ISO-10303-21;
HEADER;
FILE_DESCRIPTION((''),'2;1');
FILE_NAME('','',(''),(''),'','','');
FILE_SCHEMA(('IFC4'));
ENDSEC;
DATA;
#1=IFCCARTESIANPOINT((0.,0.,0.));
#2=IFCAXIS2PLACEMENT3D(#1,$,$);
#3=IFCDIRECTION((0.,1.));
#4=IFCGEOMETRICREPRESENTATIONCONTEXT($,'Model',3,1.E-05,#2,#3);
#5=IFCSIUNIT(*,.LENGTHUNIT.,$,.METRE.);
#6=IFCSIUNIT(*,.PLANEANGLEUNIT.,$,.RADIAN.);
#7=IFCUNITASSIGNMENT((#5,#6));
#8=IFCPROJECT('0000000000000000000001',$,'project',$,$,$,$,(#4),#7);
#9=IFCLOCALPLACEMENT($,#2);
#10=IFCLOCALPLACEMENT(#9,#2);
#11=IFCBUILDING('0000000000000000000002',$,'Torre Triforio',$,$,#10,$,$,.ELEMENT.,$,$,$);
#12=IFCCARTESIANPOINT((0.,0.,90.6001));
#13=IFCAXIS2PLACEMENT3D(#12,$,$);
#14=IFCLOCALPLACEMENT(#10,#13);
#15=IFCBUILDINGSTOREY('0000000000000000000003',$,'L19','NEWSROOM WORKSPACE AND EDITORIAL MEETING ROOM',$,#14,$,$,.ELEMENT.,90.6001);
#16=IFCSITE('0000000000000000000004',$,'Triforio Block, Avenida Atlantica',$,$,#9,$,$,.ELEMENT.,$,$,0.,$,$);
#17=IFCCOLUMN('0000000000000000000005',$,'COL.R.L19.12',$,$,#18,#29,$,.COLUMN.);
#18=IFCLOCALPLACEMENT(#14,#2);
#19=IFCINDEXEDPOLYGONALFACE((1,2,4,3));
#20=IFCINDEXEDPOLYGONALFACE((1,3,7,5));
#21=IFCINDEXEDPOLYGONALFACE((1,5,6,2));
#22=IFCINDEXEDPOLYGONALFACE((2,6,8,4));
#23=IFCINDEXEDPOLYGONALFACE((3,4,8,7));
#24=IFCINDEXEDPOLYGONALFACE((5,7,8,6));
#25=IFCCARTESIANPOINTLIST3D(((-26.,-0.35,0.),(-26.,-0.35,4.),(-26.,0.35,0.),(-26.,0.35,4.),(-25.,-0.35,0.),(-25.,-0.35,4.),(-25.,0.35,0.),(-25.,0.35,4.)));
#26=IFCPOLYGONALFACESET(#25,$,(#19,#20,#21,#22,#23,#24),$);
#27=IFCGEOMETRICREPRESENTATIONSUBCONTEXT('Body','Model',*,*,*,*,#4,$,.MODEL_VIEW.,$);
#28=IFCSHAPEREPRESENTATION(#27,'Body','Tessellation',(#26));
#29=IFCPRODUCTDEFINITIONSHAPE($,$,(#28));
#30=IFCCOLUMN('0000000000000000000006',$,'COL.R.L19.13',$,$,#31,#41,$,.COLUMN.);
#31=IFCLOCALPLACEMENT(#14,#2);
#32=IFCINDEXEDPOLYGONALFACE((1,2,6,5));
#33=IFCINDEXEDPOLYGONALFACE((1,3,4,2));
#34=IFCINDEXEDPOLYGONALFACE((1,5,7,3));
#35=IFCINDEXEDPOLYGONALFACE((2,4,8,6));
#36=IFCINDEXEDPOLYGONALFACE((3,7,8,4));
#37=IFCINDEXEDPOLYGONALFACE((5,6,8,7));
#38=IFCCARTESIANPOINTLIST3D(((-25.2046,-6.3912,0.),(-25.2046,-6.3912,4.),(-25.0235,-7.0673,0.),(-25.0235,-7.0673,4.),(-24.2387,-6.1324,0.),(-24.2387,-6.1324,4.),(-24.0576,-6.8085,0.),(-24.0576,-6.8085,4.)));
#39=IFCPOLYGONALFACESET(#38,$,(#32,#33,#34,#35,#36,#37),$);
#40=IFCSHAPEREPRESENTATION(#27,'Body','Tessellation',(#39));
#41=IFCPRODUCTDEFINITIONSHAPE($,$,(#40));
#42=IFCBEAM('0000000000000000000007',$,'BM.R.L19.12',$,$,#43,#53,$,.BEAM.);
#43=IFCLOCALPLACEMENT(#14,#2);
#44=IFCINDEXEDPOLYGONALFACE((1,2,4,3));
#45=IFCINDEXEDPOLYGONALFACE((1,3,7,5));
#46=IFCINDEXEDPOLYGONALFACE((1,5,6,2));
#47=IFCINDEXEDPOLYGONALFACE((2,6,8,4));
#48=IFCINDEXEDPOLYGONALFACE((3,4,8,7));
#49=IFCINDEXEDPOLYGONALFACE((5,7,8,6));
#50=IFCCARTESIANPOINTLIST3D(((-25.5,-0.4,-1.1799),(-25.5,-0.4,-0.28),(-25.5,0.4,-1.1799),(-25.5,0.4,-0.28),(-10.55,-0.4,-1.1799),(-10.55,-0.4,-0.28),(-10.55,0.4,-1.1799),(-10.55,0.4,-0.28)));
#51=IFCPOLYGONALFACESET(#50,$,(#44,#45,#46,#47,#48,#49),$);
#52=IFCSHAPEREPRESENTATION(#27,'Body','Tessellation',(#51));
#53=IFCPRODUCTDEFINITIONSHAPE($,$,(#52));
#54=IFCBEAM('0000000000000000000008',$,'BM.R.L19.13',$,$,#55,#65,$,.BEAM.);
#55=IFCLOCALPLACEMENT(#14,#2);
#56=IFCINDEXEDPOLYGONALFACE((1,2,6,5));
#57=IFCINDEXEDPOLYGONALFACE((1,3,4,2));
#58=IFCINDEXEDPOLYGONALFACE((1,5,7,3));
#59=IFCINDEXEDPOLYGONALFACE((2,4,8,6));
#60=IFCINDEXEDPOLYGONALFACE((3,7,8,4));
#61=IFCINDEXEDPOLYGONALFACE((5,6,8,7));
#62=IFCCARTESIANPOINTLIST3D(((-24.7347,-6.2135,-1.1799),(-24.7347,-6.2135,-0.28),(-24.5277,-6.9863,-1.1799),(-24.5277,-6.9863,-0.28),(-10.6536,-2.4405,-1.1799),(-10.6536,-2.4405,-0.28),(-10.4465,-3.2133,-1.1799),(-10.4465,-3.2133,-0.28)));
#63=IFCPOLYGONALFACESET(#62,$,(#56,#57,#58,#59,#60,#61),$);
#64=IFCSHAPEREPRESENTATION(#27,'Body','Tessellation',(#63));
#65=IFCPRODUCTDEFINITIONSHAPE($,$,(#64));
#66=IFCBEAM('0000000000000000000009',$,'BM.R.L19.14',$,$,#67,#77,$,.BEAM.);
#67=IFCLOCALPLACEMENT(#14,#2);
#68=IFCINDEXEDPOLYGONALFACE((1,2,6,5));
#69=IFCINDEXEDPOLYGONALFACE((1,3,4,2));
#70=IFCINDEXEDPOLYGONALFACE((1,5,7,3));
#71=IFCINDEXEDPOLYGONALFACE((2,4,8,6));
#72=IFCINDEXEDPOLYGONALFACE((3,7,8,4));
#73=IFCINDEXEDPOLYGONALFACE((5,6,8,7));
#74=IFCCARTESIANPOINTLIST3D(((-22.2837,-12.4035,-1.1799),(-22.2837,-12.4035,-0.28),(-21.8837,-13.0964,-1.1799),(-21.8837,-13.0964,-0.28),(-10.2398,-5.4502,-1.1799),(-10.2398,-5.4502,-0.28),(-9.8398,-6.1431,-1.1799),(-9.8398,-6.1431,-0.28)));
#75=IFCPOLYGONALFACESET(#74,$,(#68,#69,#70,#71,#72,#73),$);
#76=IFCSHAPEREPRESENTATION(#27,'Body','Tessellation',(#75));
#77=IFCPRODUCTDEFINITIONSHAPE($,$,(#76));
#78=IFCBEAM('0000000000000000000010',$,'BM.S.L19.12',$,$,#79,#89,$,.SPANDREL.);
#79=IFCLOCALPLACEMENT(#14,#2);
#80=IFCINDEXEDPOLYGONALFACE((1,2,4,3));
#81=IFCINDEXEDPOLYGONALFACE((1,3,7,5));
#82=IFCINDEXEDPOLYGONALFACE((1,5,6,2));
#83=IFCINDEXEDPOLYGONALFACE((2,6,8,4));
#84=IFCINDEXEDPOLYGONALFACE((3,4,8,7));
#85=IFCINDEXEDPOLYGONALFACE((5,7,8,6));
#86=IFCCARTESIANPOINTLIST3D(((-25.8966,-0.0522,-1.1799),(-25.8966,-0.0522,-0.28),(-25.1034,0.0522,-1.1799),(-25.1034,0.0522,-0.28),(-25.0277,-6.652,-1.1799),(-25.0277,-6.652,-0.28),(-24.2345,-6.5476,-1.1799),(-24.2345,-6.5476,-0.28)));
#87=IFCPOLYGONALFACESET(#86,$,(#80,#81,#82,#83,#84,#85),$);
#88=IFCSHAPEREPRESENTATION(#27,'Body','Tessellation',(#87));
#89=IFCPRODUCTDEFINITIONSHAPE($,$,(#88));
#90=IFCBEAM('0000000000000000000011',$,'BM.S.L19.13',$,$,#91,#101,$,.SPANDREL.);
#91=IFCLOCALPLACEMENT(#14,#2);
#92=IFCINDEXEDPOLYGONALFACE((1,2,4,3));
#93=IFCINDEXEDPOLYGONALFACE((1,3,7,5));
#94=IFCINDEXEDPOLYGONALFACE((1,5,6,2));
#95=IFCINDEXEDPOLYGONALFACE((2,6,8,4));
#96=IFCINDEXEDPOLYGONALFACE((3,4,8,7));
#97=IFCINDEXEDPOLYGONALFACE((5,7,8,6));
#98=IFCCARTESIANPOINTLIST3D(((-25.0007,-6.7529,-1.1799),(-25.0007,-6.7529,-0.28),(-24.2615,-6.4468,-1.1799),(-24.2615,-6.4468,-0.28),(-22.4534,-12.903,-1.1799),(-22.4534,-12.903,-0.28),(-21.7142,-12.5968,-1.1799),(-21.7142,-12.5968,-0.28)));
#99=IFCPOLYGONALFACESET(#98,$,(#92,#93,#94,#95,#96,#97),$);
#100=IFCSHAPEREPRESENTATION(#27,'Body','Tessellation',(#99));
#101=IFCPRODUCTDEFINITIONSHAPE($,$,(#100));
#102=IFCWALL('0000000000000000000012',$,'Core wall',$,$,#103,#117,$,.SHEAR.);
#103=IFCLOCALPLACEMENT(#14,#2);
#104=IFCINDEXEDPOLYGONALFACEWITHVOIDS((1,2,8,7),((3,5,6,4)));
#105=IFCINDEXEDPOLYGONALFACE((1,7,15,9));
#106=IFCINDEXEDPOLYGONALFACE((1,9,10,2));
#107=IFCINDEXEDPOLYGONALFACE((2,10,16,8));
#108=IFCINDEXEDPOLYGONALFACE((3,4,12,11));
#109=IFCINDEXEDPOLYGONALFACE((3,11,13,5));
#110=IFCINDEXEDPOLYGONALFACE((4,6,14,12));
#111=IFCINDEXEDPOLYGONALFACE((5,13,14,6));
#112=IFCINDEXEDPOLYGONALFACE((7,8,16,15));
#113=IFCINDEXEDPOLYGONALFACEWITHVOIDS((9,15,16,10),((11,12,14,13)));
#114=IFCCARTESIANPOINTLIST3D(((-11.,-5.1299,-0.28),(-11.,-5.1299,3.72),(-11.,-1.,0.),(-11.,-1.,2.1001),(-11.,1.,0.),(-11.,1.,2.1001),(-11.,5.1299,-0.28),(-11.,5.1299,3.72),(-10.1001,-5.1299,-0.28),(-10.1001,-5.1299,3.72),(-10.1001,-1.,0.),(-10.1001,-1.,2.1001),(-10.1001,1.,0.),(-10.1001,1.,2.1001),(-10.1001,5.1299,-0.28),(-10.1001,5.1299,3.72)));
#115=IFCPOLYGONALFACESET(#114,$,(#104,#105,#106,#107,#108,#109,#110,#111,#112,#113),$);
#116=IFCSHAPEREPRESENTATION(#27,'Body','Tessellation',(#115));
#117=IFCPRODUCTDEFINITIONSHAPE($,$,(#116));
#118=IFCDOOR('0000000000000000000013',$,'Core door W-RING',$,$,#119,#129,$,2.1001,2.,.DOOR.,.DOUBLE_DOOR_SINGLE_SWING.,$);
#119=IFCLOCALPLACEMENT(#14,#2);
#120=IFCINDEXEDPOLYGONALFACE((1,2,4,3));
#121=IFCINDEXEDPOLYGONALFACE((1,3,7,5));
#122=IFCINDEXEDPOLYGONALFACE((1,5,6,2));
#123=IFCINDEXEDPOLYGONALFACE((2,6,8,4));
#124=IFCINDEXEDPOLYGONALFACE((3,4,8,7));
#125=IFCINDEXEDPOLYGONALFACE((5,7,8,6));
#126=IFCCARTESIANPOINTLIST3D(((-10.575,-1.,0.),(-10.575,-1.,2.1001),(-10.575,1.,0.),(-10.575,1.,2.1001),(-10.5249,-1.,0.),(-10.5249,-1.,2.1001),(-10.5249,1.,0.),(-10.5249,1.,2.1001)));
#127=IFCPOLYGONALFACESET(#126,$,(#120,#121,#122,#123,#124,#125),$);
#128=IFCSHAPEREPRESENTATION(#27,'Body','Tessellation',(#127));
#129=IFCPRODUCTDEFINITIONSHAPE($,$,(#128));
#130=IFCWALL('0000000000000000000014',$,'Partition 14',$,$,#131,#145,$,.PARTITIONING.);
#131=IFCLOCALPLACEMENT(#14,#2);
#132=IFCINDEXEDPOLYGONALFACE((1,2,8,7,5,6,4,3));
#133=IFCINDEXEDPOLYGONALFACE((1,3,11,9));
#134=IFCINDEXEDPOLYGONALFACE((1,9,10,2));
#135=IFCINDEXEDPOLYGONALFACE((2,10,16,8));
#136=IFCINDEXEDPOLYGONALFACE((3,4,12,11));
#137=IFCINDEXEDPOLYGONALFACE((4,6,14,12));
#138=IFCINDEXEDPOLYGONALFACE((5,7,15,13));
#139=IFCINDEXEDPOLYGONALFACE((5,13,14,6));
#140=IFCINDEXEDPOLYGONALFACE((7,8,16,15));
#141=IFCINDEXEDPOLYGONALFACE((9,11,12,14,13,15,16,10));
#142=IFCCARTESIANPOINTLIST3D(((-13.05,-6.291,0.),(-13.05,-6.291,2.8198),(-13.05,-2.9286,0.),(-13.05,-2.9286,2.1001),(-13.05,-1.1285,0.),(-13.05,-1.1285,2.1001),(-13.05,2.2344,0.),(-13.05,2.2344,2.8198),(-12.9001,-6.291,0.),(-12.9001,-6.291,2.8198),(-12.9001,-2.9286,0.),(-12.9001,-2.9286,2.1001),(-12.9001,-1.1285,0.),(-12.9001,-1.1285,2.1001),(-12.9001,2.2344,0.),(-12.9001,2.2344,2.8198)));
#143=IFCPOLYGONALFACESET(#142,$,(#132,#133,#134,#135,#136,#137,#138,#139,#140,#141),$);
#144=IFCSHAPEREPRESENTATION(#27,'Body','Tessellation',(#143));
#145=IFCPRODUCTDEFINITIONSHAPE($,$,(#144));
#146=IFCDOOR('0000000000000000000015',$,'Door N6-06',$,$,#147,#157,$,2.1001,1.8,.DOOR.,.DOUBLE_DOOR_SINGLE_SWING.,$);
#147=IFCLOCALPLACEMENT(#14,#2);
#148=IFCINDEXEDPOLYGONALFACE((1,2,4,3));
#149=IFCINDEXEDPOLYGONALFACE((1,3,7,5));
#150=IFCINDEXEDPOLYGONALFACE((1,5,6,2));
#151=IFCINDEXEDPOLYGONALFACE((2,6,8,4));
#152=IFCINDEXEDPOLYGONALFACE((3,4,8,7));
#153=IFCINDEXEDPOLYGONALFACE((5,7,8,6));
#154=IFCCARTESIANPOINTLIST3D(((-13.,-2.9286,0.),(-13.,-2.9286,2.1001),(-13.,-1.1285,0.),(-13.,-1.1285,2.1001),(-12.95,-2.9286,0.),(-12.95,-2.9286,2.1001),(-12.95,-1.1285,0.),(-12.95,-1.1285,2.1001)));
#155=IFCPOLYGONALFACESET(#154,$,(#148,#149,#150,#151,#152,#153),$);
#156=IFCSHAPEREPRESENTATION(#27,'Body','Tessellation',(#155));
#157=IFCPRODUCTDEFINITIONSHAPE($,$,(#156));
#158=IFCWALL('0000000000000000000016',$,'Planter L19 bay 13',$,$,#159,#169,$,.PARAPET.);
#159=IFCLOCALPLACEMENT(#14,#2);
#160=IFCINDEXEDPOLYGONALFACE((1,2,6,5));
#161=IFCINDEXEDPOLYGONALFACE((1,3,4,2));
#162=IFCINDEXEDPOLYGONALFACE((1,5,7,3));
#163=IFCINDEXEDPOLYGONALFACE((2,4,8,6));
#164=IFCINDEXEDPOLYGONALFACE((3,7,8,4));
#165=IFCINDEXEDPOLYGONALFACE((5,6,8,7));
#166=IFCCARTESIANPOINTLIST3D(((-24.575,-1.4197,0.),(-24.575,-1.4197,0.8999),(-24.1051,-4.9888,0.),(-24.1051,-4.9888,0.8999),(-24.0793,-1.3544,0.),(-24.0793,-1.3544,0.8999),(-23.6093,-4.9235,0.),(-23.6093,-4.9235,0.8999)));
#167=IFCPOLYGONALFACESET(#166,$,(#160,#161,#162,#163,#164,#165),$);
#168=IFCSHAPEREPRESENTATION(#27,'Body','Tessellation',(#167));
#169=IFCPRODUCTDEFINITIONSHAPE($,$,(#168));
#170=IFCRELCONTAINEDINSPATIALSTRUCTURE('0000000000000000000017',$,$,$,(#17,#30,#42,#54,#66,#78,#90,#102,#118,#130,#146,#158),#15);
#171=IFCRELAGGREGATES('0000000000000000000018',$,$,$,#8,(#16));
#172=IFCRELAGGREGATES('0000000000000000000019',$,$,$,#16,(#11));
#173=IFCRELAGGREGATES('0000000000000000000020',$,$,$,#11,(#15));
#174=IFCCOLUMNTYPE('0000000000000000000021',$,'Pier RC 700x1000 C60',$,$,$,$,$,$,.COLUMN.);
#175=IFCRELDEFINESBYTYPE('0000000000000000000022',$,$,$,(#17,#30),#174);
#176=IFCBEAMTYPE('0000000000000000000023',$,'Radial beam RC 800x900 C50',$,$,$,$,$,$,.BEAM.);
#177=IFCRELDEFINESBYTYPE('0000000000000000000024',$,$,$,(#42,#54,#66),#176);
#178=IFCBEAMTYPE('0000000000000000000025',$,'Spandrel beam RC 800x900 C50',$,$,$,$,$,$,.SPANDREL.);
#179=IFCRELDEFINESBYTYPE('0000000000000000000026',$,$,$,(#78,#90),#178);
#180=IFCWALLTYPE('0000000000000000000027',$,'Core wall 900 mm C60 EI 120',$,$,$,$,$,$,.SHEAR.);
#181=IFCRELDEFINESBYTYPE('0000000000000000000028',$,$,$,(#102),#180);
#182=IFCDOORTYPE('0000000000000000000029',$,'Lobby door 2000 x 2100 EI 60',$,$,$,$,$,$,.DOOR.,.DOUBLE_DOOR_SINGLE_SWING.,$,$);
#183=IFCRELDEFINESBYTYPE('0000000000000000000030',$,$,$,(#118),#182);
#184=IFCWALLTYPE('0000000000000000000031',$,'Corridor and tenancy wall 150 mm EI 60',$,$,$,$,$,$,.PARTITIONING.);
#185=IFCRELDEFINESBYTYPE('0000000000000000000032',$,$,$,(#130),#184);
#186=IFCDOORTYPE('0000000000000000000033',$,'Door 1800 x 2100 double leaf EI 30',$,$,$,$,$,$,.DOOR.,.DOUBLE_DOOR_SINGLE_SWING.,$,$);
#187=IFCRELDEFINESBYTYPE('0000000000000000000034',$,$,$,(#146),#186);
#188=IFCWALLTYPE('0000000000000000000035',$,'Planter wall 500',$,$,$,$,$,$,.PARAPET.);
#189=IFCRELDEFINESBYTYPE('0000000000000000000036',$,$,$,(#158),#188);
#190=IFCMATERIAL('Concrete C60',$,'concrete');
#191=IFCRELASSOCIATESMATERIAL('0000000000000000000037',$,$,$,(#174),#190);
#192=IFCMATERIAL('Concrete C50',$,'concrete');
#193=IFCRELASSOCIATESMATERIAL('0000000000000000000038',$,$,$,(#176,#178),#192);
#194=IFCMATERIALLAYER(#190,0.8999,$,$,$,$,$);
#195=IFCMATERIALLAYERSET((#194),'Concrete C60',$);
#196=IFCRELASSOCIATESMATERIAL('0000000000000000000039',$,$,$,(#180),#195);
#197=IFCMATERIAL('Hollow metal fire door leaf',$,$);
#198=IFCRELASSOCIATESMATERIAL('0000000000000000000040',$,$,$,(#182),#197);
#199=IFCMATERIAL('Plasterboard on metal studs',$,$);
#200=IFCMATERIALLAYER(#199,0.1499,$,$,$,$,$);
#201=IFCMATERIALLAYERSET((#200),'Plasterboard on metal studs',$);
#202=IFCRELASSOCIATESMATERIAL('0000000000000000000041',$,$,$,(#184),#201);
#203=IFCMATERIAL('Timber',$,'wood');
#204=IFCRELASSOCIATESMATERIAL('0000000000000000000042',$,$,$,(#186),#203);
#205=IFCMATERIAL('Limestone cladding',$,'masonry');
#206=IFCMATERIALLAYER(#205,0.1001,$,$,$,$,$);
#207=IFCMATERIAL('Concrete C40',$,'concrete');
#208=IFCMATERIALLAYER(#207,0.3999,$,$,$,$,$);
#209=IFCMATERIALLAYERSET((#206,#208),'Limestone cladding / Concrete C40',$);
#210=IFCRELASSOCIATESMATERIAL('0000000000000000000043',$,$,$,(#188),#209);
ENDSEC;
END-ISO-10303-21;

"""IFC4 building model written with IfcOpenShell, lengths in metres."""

from ifc_helpers import new_model, si_unit, direction, frame, frame_2d, origin, origin_2d, place, context, subcontext, project, spatial, rectangle, extrude, material, layer, layer_set, material_profile, profile_set, type_object, element, fill, save


model = new_model("IFC4")

# Units and contexts
model_context = context("Model", 3, precision=1e-05, world=origin(), true_north=direction((0.0, 1.0)))
body_context = subcontext(model_context, "Body", "Model", "MODEL_VIEW")
ifc_project = project(units=[si_unit("LENGTHUNIT", "METRE"), si_unit("PLANEANGLEUNIT", "RADIAN")], contexts=[model_context])

# Site, building, storey
site_placement = place(None, origin())
site = spatial("IfcSite", under=ifc_project, at=site_placement, Name="Triforio Block, Avenida Atlantica", CompositionType="ELEMENT", RefElevation=0.0)
building_placement = place(site_placement, origin())
building = spatial("IfcBuilding", under=site, at=building_placement, Name="Torre Triforio", CompositionType="ELEMENT")
storey_placement = place(building_placement, frame((0.0, 0.0, 90.6001)))
storey = spatial("IfcBuildingStorey", under=building, at=storey_placement, Name="L19", Description="NEWSROOM WORKSPACE AND EDITORIAL MEETING ROOM", CompositionType="ELEMENT", Elevation=90.6001)

# Columns
ifc_material_1 = material(Name="Concrete C60", Category="concrete")
ifc_material_profile_1 = material_profile(ifc_material_1, rectangle(XDim=0.7, YDim=1.0, at=origin_2d()), Name="RC 700x1000")
ifc_profile_set_1 = profile_set([ifc_material_profile_1], Name="Concrete C60")
column_type = type_object("IfcColumnType", Name="Pier RC 700x1000 C60", PredefinedType="COLUMN", material=ifc_profile_set_1)
for number, where, z_axis, x_axis, name in (
    (1, (-25.5, 0.0, 0.0), (0.0, 0.0, 1.0), (0.0, -1.0, 0.0), "COL.R.L19.12"),
    (2, (-24.6311, -6.5999, 0.0), (0.0, 0.0, 1.0), (0.258819, -0.965926, 0.0), "COL.R.L19.13"),
):
    element("IfcColumn", number, at=place(storey_placement, frame(where, z_axis=z_axis, x_axis=x_axis)), inside=storey, type_object=column_type, Name=name, PredefinedType="COLUMN", context=body_context, shape_type="SweptSolid", body=[
        extrude(rectangle(XDim=0.7, YDim=1.0, at=origin_2d()), origin(), (0.0, 0.0, 1.0), 4.0),
    ])

# Beams
ifc_material_2 = material(Name="Concrete C50", Category="concrete")
ifc_material_profile_2 = material_profile(ifc_material_2, rectangle(XDim=0.8, YDim=0.8999, at=origin_2d()), Name="RC 800x900")
ifc_profile_set_2 = profile_set([ifc_material_profile_2], Name="Concrete C50")
beam_type_1 = type_object("IfcBeamType", Name="Radial beam RC 800x900 C50", PredefinedType="BEAM", material=ifc_profile_set_2)
beam_1_placement = place(storey_placement, frame((-10.55, 0.0, -0.73), z_axis=(-1.0, 0.0, 0.0), x_axis=(0.0, -1.0, 0.0)))
element("IfcBeam", 3, at=beam_1_placement, inside=storey, type_object=beam_type_1, Name="BM.R.L19.12", PredefinedType="BEAM", context=body_context, shape_type="SweptSolid", body=[
    extrude(rectangle(XDim=0.8, YDim=0.8999, at=origin_2d()), origin(), (0.0, 0.0, 1.0), 14.95),
])
beam_2_placement = place(storey_placement, frame((-10.55, -2.8269, -0.73), z_axis=(-0.965927, -0.258815, 0.0), x_axis=(0.258815, -0.965927, 0.0)))
element("IfcBeam", 4, at=beam_2_placement, inside=storey, type_object=beam_type_1, Name="BM.R.L19.13", PredefinedType="BEAM", context=body_context, shape_type="SweptSolid", body=[
    extrude(rectangle(XDim=0.8, YDim=0.8999, at=origin_2d()), origin(), (0.0, 0.0, 1.0), 14.5779),
])
beam_3_placement = place(storey_placement, frame((-10.0398, -5.7966, -0.73), z_axis=(-0.866032, -0.499989, 0.0), x_axis=(0.499989, -0.866032, 0.0)))
element("IfcBeam", 5, at=beam_3_placement, inside=storey, type_object=beam_type_1, Name="BM.R.L19.14", PredefinedType="BEAM", context=body_context, shape_type="SweptSolid", body=[
    extrude(rectangle(XDim=0.8, YDim=0.8999, at=origin_2d()), origin(), (0.0, 0.0, 1.0), 13.907),
])
ifc_material_profile_3 = material_profile(ifc_material_2, rectangle(XDim=0.8, YDim=0.8999, at=origin_2d()), Name="RC 800x900")
ifc_profile_set_3 = profile_set([ifc_material_profile_3], Name="Concrete C50")
beam_type_2 = type_object("IfcBeamType", Name="Spandrel beam RC 800x900 C50", PredefinedType="SPANDREL", material=ifc_profile_set_3)
for number, where, z_axis, x_axis, name in (
    (6, (-25.5, 0.0, -0.73), (0.130528, -0.991445, 0.0), (0.991445, 0.130528, 0.0), "BM.S.L19.12"),
    (7, (-24.6311, -6.5999, -0.73), (0.382669, -0.923885, 0.0), (0.923885, 0.382669, 0.0), "BM.S.L19.13"),
):
    element("IfcBeam", number, at=place(storey_placement, frame(where, z_axis=z_axis, x_axis=x_axis)), inside=storey, type_object=beam_type_2, Name=name, PredefinedType="SPANDREL", context=body_context, shape_type="SweptSolid", body=[
        extrude(rectangle(XDim=0.8, YDim=0.8999, at=origin_2d()), origin(), (0.0, 0.0, 1.0), 6.6567),
    ])

# Walls, openings, doors
ifc_layer_1 = layer(ifc_material_1, 0.8999)
ifc_layer_set_1 = layer_set([ifc_layer_1], Name="Concrete C60")
wall_type_1 = type_object("IfcWallType", Name="Core wall 900 mm C60 EI 120", PredefinedType="SHEAR", material=ifc_layer_set_1)
wall_1_placement = place(storey_placement, frame((-10.55, -5.1299, -0.28), z_axis=(0.0, 0.0, 1.0), x_axis=(0.0, 1.0, 0.0)))
wall_1 = element("IfcWall", 8, at=wall_1_placement, inside=storey, type_object=wall_type_1, Name="Core wall", PredefinedType="SHEAR", context=body_context, shape_type="SweptSolid", body=[
    extrude(rectangle(XDim=10.2598, YDim=0.8999, at=frame_2d((5.1299, 0.0))), origin(), (0.0, 0.0, 1.0), 4.0),
])
opening_1_placement = place(wall_1_placement, frame((4.1299, 0.0, 0.28)))
opening_1 = element("IfcOpeningElement", 9, at=opening_1_placement, cuts=wall_1, PredefinedType="OPENING", context=body_context, shape_type="SweptSolid", body=[
    extrude(rectangle(XDim=2.0, YDim=2.1001, at=frame_2d((1.0, 1.05))), frame((0.0, 0.46, 0.0), z_axis=(0.0, -1.0, 0.0), x_axis=(1.0, 0.0, 0.0)), (0.0, 0.0, 1.0), 0.9199),
])
ifc_material_3 = material(Name="Hollow metal fire door leaf")
door_type_1 = type_object("IfcDoorType", Name="Lobby door 2000 x 2100 EI 60", OperationType="DOUBLE_DOOR_SINGLE_SWING", PredefinedType="DOOR", material=ifc_material_3)
door_1_placement = place(opening_1_placement, origin())
door_1 = element("IfcDoor", 10, at=door_1_placement, inside=storey, type_object=door_type_1, Name="Core door W-RING", OperationType="DOUBLE_DOOR_SINGLE_SWING", OverallHeight=2.1001, OverallWidth=2.0, PredefinedType="DOOR", context=body_context, shape_type="SweptSolid", body=[
    extrude(rectangle(XDim=2.0, YDim=2.1001, at=frame_2d((1.0, 1.05))), frame((0.0, 0.0249, 0.0), z_axis=(0.0, -1.0, 0.0), x_axis=(1.0, 0.0, 0.0)), (0.0, 0.0, 1.0), 0.05),
])
fill(opening_1, door_1)
ifc_material_4 = material(Name="Plasterboard on metal studs")
ifc_layer_2 = layer(ifc_material_4, 0.1499)
ifc_layer_set_2 = layer_set([ifc_layer_2], Name="Plasterboard on metal studs")
wall_type_2 = type_object("IfcWallType", Name="Corridor and tenancy wall 150 mm EI 60", PredefinedType="PARTITIONING", material=ifc_layer_set_2)
wall_2_placement = place(storey_placement, frame((-12.9751, -6.291, 0.0), z_axis=(0.0, 0.0, 1.0), x_axis=(0.0, 1.0, 0.0)))
wall_2 = element("IfcWall", 11, at=wall_2_placement, inside=storey, type_object=wall_type_2, Name="Partition 14", PredefinedType="PARTITIONING", context=body_context, shape_type="SweptSolid", body=[
    extrude(rectangle(XDim=8.5254, YDim=0.1499, at=frame_2d((4.2627, 0.0))), origin(), (0.0, 0.0, 1.0), 2.8198),
])
opening_2_placement = place(wall_2_placement, frame((3.3625, 0.0, 0.0)))
opening_2 = element("IfcOpeningElement", 12, at=opening_2_placement, cuts=wall_2, PredefinedType="OPENING", context=body_context, shape_type="SweptSolid", body=[
    extrude(rectangle(XDim=1.8, YDim=2.1001, at=frame_2d((0.8999, 1.05))), frame((0.0, 0.085, 0.0), z_axis=(0.0, -1.0, 0.0), x_axis=(1.0, 0.0, 0.0)), (0.0, 0.0, 1.0), 0.1699),
])
ifc_material_5 = material(Name="Timber", Category="wood")
door_type_2 = type_object("IfcDoorType", Name="Door 1800 x 2100 double leaf EI 30", OperationType="DOUBLE_DOOR_SINGLE_SWING", PredefinedType="DOOR", material=ifc_material_5)
door_2_placement = place(opening_2_placement, origin())
door_2 = element("IfcDoor", 13, at=door_2_placement, inside=storey, type_object=door_type_2, Name="Door N6-06", OperationType="DOUBLE_DOOR_SINGLE_SWING", OverallHeight=2.1001, OverallWidth=1.8, PredefinedType="DOOR", context=body_context, shape_type="SweptSolid", body=[
    extrude(rectangle(XDim=1.8, YDim=2.1001, at=frame_2d((0.8999, 1.05))), frame((0.0, 0.0249, 0.0), z_axis=(0.0, -1.0, 0.0), x_axis=(1.0, 0.0, 0.0)), (0.0, 0.0, 1.0), 0.05),
])
fill(opening_2, door_2)

# Wall
ifc_material_6 = material(Name="Limestone cladding", Category="masonry")
ifc_layer_3 = layer(ifc_material_6, 0.1001)
ifc_material_7 = material(Name="Concrete C40", Category="concrete")
ifc_layer_4 = layer(ifc_material_7, 0.3999)
ifc_layer_set_3 = layer_set([ifc_layer_3, ifc_layer_4], Name="Limestone cladding / Concrete C40")
wall_type_3 = type_object("IfcWallType", Name="Planter wall 500", PredefinedType="PARAPET", material=ifc_layer_set_3)
wall_3_placement = place(storey_placement, frame((-24.3271, -1.3872, 0.0), z_axis=(0.0, 0.0, 1.0), x_axis=(0.130551, -0.991442, 0.0)))
element("IfcWall", 14, at=wall_3_placement, inside=storey, type_object=wall_type_3, Name="Planter L19 bay 13", PredefinedType="PARAPET", context=body_context, shape_type="SweptSolid", body=[
    extrude(rectangle(XDim=3.5999, YDim=0.5, at=frame_2d((1.7998, 0.0))), origin(), (0.0, 0.0, 1.0), 0.8999),
])

save(model, "model.ifc")
